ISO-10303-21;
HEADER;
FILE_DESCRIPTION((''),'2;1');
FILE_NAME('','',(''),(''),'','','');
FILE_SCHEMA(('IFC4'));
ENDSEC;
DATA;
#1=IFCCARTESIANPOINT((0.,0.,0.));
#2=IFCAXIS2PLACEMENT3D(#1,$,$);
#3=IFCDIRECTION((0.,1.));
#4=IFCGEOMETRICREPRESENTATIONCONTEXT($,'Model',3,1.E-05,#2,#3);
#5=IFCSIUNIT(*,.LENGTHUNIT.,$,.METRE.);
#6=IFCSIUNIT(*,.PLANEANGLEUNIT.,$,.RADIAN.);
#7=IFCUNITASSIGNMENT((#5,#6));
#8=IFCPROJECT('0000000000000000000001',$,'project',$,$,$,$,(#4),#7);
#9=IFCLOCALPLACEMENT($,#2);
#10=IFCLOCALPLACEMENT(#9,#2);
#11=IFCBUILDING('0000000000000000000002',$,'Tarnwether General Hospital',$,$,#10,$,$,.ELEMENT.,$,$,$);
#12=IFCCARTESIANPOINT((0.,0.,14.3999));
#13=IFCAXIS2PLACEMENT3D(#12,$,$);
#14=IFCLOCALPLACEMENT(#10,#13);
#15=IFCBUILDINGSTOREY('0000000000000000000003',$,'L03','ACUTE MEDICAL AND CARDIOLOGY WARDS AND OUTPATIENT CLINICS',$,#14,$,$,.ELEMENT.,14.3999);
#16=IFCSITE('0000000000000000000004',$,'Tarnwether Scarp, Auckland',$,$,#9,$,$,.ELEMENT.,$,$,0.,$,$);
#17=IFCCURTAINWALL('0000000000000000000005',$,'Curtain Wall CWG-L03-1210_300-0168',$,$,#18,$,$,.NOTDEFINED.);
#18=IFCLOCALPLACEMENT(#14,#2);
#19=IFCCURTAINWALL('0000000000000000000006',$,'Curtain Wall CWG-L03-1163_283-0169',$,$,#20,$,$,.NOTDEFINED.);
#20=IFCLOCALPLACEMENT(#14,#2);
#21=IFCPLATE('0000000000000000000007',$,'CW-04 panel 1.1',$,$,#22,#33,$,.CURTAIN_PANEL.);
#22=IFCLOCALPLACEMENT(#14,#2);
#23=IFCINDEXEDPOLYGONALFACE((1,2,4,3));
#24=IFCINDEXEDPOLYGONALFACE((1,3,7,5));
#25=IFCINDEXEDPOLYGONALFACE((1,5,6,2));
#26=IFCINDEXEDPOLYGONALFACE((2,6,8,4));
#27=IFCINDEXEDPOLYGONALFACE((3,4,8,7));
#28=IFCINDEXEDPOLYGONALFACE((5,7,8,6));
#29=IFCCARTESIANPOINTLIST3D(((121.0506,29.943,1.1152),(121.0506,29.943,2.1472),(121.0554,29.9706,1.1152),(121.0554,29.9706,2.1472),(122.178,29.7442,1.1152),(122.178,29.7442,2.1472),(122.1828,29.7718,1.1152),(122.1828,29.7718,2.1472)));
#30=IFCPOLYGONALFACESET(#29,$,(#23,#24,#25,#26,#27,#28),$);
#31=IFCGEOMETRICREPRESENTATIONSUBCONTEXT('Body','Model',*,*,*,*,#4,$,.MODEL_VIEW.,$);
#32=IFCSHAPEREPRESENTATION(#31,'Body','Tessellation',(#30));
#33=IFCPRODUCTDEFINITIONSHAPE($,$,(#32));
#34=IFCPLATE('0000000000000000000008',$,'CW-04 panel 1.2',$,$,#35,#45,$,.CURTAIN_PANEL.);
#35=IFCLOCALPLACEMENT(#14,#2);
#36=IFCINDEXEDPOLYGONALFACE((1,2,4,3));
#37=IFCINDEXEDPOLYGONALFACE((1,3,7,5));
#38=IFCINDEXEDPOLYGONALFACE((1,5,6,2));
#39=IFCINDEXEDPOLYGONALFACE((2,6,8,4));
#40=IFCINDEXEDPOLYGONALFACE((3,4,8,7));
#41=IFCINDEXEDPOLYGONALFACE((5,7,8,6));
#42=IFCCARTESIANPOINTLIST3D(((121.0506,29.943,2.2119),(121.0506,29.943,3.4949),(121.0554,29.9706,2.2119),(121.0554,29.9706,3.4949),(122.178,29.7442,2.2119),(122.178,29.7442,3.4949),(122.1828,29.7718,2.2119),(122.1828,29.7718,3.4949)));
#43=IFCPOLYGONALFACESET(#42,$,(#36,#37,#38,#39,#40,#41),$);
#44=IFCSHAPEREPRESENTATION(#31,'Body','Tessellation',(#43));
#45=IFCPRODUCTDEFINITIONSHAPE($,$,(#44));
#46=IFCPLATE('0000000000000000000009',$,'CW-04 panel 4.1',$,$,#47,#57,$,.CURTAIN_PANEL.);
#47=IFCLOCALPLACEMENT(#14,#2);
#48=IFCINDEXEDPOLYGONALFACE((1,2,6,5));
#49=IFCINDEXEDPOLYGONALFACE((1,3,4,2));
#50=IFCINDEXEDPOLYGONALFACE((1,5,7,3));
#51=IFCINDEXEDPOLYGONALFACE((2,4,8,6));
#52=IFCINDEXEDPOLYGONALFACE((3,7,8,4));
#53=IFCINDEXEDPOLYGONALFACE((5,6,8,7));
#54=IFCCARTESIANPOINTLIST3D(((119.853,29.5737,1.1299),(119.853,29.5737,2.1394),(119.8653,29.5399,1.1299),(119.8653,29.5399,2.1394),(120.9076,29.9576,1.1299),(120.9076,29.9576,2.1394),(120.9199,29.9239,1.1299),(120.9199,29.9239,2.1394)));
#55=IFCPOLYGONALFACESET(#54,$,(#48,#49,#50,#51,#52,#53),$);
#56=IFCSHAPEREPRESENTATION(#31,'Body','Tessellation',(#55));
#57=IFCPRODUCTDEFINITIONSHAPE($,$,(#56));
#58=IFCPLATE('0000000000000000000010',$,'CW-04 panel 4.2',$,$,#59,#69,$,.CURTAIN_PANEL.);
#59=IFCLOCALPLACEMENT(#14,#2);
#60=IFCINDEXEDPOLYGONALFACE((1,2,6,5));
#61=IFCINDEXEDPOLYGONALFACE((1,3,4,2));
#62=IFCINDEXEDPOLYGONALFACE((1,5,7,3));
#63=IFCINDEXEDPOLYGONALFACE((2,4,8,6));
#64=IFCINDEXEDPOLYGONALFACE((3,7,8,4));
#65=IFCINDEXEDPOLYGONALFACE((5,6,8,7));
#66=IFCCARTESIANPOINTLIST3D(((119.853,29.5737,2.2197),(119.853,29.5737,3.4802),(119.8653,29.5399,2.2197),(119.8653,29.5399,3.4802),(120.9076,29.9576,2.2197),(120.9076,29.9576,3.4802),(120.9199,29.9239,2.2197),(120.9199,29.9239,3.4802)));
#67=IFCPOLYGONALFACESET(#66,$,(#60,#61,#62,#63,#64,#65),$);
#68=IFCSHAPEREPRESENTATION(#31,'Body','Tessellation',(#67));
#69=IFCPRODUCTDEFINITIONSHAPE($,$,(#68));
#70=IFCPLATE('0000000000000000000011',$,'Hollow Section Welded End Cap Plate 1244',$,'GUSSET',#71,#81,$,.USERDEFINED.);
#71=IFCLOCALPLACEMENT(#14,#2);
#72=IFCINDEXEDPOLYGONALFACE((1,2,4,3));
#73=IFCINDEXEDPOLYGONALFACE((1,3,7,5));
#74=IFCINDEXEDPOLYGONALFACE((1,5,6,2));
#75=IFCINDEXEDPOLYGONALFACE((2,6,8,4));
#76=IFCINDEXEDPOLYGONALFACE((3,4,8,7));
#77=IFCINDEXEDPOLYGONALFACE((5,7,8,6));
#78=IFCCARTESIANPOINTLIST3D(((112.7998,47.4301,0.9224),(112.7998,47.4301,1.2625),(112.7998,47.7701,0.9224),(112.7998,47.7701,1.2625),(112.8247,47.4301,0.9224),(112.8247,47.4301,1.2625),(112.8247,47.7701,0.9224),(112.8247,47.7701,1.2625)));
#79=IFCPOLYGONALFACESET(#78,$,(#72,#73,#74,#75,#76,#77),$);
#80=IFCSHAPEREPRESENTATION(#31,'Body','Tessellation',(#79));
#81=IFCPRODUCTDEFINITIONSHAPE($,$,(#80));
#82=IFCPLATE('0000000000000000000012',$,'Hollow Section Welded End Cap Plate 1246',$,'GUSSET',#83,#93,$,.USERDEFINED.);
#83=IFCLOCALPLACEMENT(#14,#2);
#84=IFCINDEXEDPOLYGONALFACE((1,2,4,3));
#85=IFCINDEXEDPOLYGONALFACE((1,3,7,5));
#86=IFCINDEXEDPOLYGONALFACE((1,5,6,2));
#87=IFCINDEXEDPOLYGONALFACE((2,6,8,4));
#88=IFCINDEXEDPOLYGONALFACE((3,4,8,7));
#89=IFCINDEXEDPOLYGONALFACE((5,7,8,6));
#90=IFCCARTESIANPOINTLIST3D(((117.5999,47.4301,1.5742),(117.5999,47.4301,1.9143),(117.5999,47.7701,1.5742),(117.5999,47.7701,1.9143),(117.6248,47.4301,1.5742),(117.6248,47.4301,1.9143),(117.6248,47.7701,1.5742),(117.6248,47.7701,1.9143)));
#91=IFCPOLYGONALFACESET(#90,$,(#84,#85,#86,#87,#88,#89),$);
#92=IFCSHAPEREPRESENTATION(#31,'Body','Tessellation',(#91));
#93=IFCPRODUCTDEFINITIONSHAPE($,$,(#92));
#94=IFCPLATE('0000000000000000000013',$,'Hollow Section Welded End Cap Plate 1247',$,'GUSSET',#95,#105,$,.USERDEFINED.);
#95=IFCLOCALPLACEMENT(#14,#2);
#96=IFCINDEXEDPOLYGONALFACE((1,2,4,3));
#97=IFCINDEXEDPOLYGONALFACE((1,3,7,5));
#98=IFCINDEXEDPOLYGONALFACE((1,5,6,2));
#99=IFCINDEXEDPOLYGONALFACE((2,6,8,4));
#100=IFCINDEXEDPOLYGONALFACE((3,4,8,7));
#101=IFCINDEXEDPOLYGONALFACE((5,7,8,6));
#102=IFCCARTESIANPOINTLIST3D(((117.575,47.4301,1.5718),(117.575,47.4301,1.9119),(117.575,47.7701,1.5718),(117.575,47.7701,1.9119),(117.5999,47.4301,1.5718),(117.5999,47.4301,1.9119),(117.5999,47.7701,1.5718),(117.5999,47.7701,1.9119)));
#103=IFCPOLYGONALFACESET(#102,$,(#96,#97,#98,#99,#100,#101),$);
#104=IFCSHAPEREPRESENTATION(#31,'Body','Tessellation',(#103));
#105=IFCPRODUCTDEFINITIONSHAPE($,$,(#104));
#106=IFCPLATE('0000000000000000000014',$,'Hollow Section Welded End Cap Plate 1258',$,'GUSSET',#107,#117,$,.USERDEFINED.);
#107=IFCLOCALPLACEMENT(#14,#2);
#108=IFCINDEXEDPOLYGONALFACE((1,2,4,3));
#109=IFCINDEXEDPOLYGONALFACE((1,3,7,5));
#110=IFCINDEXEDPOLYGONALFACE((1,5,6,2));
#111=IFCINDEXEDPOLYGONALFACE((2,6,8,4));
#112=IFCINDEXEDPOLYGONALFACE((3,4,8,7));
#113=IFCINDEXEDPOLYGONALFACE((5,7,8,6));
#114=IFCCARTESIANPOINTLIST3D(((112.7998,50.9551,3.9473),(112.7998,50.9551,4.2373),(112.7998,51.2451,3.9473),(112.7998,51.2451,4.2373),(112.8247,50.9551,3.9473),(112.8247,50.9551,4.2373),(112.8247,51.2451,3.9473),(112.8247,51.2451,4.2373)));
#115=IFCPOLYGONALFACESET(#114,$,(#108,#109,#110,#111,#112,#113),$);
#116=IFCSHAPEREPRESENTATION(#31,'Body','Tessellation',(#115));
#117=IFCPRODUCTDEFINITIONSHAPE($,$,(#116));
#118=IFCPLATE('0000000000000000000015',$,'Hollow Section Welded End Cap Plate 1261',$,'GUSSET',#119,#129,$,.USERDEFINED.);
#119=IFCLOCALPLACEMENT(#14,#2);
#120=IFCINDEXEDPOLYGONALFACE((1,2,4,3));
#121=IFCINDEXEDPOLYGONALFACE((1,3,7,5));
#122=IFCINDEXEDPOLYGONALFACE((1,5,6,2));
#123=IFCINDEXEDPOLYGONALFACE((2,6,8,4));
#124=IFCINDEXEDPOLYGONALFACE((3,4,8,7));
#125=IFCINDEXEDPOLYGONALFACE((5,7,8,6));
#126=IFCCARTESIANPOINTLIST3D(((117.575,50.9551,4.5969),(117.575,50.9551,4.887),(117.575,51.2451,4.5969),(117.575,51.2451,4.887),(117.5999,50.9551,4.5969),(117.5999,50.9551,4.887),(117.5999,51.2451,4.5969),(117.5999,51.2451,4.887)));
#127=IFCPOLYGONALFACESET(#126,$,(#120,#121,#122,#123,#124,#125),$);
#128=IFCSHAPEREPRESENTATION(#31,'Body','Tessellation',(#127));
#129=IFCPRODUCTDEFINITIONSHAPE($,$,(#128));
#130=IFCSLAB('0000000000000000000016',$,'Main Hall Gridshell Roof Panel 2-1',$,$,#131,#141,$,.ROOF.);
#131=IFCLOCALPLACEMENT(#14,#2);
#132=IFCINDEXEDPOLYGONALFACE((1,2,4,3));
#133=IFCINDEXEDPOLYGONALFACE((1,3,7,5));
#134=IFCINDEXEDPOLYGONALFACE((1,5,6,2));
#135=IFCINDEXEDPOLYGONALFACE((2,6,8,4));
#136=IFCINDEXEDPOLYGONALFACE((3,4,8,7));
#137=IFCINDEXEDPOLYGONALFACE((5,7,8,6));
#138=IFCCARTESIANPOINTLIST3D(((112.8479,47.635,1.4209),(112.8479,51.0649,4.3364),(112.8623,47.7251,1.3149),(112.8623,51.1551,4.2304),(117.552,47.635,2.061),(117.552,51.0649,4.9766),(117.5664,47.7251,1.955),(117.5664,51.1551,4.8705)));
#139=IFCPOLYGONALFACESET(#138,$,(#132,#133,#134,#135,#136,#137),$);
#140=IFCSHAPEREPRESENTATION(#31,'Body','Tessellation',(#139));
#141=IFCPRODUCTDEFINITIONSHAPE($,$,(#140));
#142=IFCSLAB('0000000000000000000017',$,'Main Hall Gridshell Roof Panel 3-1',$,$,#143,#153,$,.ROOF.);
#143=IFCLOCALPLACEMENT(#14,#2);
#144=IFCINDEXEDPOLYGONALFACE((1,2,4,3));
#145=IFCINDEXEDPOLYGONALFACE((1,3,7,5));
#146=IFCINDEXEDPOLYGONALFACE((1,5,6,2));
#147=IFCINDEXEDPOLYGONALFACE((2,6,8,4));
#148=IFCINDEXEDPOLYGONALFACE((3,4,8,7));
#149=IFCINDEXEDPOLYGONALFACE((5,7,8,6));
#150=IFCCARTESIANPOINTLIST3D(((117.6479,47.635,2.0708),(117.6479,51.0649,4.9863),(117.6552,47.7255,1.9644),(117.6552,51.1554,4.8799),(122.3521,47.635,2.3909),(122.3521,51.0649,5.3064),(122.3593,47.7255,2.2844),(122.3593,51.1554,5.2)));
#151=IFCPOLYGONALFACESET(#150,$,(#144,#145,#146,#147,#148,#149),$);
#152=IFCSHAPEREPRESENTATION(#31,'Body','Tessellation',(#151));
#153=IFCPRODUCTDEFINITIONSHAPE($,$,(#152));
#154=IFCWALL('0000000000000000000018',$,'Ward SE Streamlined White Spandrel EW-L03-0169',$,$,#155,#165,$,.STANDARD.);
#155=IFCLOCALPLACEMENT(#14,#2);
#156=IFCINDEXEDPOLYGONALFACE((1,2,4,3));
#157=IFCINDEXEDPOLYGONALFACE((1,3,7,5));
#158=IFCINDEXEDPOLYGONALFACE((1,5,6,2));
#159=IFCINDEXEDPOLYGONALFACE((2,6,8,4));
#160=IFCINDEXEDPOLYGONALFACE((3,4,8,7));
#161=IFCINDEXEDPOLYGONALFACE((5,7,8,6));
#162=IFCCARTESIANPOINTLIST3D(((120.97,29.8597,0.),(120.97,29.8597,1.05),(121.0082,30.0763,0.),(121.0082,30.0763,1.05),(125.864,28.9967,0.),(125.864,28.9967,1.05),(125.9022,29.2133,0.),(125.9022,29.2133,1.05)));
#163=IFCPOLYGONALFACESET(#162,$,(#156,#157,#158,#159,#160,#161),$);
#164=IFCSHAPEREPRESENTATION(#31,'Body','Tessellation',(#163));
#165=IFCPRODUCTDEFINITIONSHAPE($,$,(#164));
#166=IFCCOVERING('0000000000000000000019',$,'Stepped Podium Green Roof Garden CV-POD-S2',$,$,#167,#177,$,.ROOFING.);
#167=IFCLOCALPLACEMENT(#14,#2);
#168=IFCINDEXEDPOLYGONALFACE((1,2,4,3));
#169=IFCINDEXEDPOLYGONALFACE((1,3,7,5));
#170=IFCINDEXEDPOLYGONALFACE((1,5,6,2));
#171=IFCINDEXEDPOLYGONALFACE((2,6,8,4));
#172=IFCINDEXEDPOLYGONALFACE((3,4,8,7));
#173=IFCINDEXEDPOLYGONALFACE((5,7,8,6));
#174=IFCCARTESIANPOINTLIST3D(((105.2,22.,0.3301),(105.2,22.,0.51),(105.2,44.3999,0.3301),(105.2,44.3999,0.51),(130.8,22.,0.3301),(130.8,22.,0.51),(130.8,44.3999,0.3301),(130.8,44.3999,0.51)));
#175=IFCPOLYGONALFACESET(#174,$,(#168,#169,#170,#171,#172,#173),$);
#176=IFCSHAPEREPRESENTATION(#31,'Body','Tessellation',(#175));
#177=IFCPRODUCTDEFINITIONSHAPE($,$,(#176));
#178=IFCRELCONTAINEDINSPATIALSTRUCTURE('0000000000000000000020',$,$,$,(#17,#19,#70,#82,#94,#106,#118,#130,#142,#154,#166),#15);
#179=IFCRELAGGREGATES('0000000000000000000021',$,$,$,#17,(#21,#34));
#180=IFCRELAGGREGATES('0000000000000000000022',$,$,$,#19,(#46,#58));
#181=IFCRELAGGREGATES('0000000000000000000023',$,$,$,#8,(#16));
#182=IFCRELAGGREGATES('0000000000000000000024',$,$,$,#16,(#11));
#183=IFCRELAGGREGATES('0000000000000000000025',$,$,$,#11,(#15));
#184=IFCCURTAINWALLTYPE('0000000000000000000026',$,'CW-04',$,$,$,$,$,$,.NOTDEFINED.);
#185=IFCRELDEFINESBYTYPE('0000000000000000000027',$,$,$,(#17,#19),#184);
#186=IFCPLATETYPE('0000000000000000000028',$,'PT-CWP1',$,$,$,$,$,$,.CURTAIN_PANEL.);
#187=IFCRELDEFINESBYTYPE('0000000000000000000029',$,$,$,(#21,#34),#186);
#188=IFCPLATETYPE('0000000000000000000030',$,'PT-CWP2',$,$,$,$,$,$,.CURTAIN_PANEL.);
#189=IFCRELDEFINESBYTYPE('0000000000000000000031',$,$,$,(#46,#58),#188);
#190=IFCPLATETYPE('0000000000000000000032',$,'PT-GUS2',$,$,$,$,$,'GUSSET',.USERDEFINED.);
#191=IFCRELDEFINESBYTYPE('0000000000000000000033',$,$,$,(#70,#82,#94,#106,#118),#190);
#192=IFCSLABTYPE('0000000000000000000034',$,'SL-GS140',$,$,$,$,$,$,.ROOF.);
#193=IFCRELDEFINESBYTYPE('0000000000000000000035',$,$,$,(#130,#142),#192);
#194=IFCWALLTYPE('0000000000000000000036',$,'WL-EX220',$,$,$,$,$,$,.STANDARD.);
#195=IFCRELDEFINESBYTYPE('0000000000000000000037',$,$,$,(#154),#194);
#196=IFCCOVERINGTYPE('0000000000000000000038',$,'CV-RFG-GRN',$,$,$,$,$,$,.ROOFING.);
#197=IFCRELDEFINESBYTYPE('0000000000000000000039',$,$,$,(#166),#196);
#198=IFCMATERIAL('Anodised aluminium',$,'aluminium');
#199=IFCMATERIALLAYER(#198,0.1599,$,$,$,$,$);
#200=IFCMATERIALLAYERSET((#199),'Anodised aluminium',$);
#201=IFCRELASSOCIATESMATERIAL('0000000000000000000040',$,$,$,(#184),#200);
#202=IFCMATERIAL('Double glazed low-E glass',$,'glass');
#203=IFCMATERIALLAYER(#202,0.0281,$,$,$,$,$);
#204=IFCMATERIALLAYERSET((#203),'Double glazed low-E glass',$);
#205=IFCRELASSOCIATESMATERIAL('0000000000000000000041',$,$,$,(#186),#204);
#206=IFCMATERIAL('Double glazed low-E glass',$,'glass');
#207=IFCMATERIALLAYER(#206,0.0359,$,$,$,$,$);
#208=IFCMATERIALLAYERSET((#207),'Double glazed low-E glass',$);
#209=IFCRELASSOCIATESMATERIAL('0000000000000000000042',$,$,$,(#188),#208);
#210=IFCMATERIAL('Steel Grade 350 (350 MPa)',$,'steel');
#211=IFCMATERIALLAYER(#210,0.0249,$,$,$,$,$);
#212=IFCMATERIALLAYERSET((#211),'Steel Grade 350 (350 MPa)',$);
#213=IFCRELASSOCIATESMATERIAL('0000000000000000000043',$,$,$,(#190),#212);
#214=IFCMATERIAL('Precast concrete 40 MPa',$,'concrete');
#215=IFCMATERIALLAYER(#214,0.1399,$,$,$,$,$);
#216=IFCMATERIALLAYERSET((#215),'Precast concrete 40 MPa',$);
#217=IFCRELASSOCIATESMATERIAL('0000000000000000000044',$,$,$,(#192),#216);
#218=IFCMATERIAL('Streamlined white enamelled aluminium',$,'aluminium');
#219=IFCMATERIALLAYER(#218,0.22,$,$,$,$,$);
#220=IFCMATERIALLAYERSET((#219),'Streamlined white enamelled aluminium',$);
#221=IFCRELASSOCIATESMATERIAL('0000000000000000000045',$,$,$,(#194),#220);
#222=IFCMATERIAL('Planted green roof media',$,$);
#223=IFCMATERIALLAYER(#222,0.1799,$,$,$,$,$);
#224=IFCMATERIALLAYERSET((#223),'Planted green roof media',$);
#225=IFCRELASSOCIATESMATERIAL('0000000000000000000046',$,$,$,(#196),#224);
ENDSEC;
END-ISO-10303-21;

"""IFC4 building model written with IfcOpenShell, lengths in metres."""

from ifc_helpers import new_model, si_unit, direction, frame, frame_2d, origin, origin_2d, place, context, subcontext, project, spatial, polyline, rectangle, outline, extrude, material, layer, layer_set, type_object, element, aggregate, save


model = new_model("IFC4")

# Units and contexts
model_context = context("Model", 3, precision=1e-05, world=origin(), true_north=direction((0.0, 1.0)))
body_context = subcontext(model_context, "Body", "Model", "MODEL_VIEW")
ifc_project = project(units=[si_unit("LENGTHUNIT", "METRE"), si_unit("PLANEANGLEUNIT", "RADIAN")], contexts=[model_context])

# Site, building, storey
site_placement = place(None, origin())
site = spatial("IfcSite", under=ifc_project, at=site_placement, Name="Tarnwether Scarp, Auckland", CompositionType="ELEMENT", RefElevation=0.0)
building_placement = place(site_placement, origin())
building = spatial("IfcBuilding", under=site, at=building_placement, Name="Tarnwether General Hospital", CompositionType="ELEMENT")
storey_placement = place(building_placement, frame((0.0, 0.0, 14.3999)))
storey = spatial("IfcBuildingStorey", under=building, at=storey_placement, Name="L03", Description="ACUTE MEDICAL AND CARDIOLOGY WARDS AND OUTPATIENT CLINICS", CompositionType="ELEMENT", Elevation=14.3999)

# Curtain wall
ifc_material_1 = material(Name="Anodised aluminium", Category="aluminium")
ifc_layer_1 = layer(ifc_material_1, 0.1599)
ifc_layer_set_1 = layer_set([ifc_layer_1], Name="Anodised aluminium")
curtain_wall_type = type_object("IfcCurtainWallType", Name="CW-04", PredefinedType="NOTDEFINED", material=ifc_layer_set_1)
curtain_wall_1_placement = place(storey_placement, origin())
curtain_wall_1 = element("IfcCurtainWall", 1, at=curtain_wall_1_placement, inside=storey, type_object=curtain_wall_type, Name="Curtain Wall CWG-L03-1210_300-0168", PredefinedType="NOTDEFINED")

# Curtain wall
curtain_wall_2_placement = place(storey_placement, origin())
curtain_wall_2 = element("IfcCurtainWall", 2, at=curtain_wall_2_placement, inside=storey, type_object=curtain_wall_type, Name="Curtain Wall CWG-L03-1163_283-0169", PredefinedType="NOTDEFINED")

# Plates
ifc_material_2 = material(Name="Double glazed low-E glass", Category="glass")
ifc_layer_2 = layer(ifc_material_2, 0.0281)
ifc_layer_set_2 = layer_set([ifc_layer_2], Name="Double glazed low-E glass")
plate_type_1 = type_object("IfcPlateType", Name="PT-CWP1", PredefinedType="CURTAIN_PANEL", material=ifc_layer_set_2)
plate_1_placement = place(storey_placement, frame((121.6167, 29.8574, 1.1152), z_axis=(0.0, 0.0, 1.0), x_axis=(0.984806, -0.173659, 0.0)))
plate_1 = element("IfcPlate", 3, at=plate_1_placement, type_object=plate_type_1, Name="CW-04 panel 1.1", PredefinedType="CURTAIN_PANEL", context=body_context, shape_type="SweptSolid", body=[
    extrude(rectangle(XDim=1.1448, YDim=0.0281, at=origin_2d()), origin(), (0.0, 0.0, 1.0), 1.032),
])
plate_2_placement = place(storey_placement, frame((121.6167, 29.8574, 2.2119), z_axis=(0.0, 0.0, 1.0), x_axis=(0.984806, -0.173659, 0.0)))
plate_2 = element("IfcPlate", 4, at=plate_2_placement, type_object=plate_type_1, Name="CW-04 panel 1.2", PredefinedType="CURTAIN_PANEL", context=body_context, shape_type="SweptSolid", body=[
    extrude(rectangle(XDim=1.1448, YDim=0.0281, at=origin_2d()), origin(), (0.0, 0.0, 1.0), 1.283),
])
aggregate(curtain_wall_1, [plate_1, plate_2])
ifc_material_3 = material(Name="Double glazed low-E glass", Category="glass")
ifc_layer_3 = layer(ifc_material_3, 0.0359)
ifc_layer_set_3 = layer_set([ifc_layer_3], Name="Double glazed low-E glass")
plate_type_2 = type_object("IfcPlateType", Name="PT-CWP2", PredefinedType="CURTAIN_PANEL", material=ifc_layer_set_3)
plate_3_placement = place(storey_placement, frame((120.3865, 29.7488, 1.1299), z_axis=(0.0, 0.0, 1.0), x_axis=(0.939652, 0.342131, 0.0)))
plate_3 = element("IfcPlate", 5, at=plate_3_placement, type_object=plate_type_2, Name="CW-04 panel 4.1", PredefinedType="CURTAIN_PANEL", context=body_context, shape_type="SweptSolid", body=[
    extrude(rectangle(XDim=1.1223, YDim=0.0359, at=origin_2d()), origin(), (0.0, 0.0, 1.0), 1.0095),
])
plate_4_placement = place(storey_placement, frame((120.3865, 29.7488, 2.2197), z_axis=(0.0, 0.0, 1.0), x_axis=(0.939652, 0.342131, 0.0)))
plate_4 = element("IfcPlate", 6, at=plate_4_placement, type_object=plate_type_2, Name="CW-04 panel 4.2", PredefinedType="CURTAIN_PANEL", context=body_context, shape_type="SweptSolid", body=[
    extrude(rectangle(XDim=1.1223, YDim=0.0359, at=origin_2d()), origin(), (0.0, 0.0, 1.0), 1.2605),
])
aggregate(curtain_wall_2, [plate_3, plate_4])

# Plates
ifc_material_4 = material(Name="Steel Grade 350 (350 MPa)", Category="steel")
ifc_layer_4 = layer(ifc_material_4, 0.0249)
ifc_layer_set_4 = layer_set([ifc_layer_4], Name="Steel Grade 350 (350 MPa)")
plate_type_3 = type_object("IfcPlateType", Name="PT-GUS2", ElementType="GUSSET", PredefinedType="USERDEFINED", material=ifc_layer_set_4)
for number, where, z_axis, x_axis, name in (
    (7, (112.8123, 47.6001, 0.9224), (0.0, 0.0, 1.0), (1.0, 0.0, 0.0), "Hollow Section Welded End Cap Plate 1244"),
    (8, (117.6123, 47.6001, 1.5742), (0.0, 0.0, 1.0), (1.0, 0.0, 0.0), "Hollow Section Welded End Cap Plate 1246"),
    (9, (117.5874, 47.6001, 1.5718), (0.0, 0.0, 1.0), (1.0, 0.0, 0.0), "Hollow Section Welded End Cap Plate 1247"),
):
    element("IfcPlate", number, at=place(storey_placement, frame(where, z_axis=z_axis, x_axis=x_axis)), inside=storey, type_object=plate_type_3, Name=name, ObjectType="GUSSET", PredefinedType="USERDEFINED", context=body_context, shape_type="SweptSolid", body=[
        extrude(rectangle(XDim=0.0249, YDim=0.3401, at=origin_2d()), origin(), (0.0, 0.0, 1.0), 0.3401),
    ])
for number, where, z_axis, x_axis, name in (
    (10, (112.8123, 51.1001, 3.9473), (0.0, 0.0, 1.0), (1.0, 0.0, 0.0), "Hollow Section Welded End Cap Plate 1258"),
    (11, (117.5874, 51.1001, 4.5969), (0.0, 0.0, 1.0), (1.0, 0.0, 0.0), "Hollow Section Welded End Cap Plate 1261"),
):
    element("IfcPlate", number, at=place(storey_placement, frame(where, z_axis=z_axis, x_axis=x_axis)), inside=storey, type_object=plate_type_3, Name=name, ObjectType="GUSSET", PredefinedType="USERDEFINED", context=body_context, shape_type="SweptSolid", body=[
        extrude(rectangle(XDim=0.0249, YDim=0.29, at=origin_2d()), origin(), (0.0, 0.0, 1.0), 0.29),
    ])

# Slabs
ifc_material_5 = material(Name="Precast concrete 40 MPa", Category="concrete")
ifc_layer_5 = layer(ifc_material_5, 0.1399)
ifc_layer_set_5 = layer_set([ifc_layer_5], Name="Precast concrete 40 MPa")
slab_type = type_object("IfcSlabType", Name="SL-GS140", PredefinedType="ROOF", material=ifc_layer_set_5)
slab_1_placement = place(storey_placement, frame((112.8479, 47.635, 1.4209), z_axis=(-0.103131, -0.644206, 0.757867), x_axis=(0.990868, 0.0, 0.134838)))
element("IfcSlab", 12, at=slab_1_placement, inside=storey, type_object=slab_type, Name="Main Hall Gridshell Roof Panel 2-1", PredefinedType="ROOF", context=body_context, shape_type="SweptSolid", body=[
    extrude(outline(polyline([(0.0, 0.0), (4.7475, 0.0), (5.1406, 4.4844), (0.3931, 4.4844), (0.0, 0.0)])), origin(), (0.0, 0.0, -1.0), 0.1399),
])
slab_2_placement = place(storey_placement, frame((117.6479, 47.635, 2.0708), z_axis=(-0.051772, -0.646791, 0.760908), x_axis=(0.997693, 0.0, 0.067883)))
element("IfcSlab", 13, at=slab_2_placement, inside=storey, type_object=slab_type, Name="Main Hall Gridshell Roof Panel 3-1", PredefinedType="ROOF", context=body_context, shape_type="SweptSolid", body=[
    extrude(outline(polyline([(0.0, 0.0), (4.715, 0.0), (4.9129, 4.4973), (0.1979, 4.4973), (0.0, 0.0)])), origin(), (0.0, 0.0, -1.0), 0.1399),
])

# Wall
ifc_material_6 = material(Name="Streamlined white enamelled aluminium", Category="aluminium")
ifc_layer_6 = layer(ifc_material_6, 0.22)
ifc_layer_set_6 = layer_set([ifc_layer_6], Name="Streamlined white enamelled aluminium")
wall_type = type_object("IfcWallType", Name="WL-EX220", PredefinedType="STANDARD", material=ifc_layer_set_6)
wall_placement = place(storey_placement, frame((120.989, 29.968, 0.0), z_axis=(0.0, 0.0, 1.0), x_axis=(0.984805, -0.173665, 0.0)))
element("IfcWall", 14, at=wall_placement, inside=storey, type_object=wall_type, Name="Ward SE Streamlined White Spandrel EW-L03-0169", PredefinedType="STANDARD", context=body_context, shape_type="SweptSolid", body=[
    extrude(rectangle(XDim=4.9695, YDim=0.22, at=frame_2d((2.4849, 0.0))), origin(), (0.0, 0.0, 1.0), 1.05),
])

# Covering
ifc_material_7 = material(Name="Planted green roof media")
ifc_layer_7 = layer(ifc_material_7, 0.1799)
ifc_layer_set_7 = layer_set([ifc_layer_7], Name="Planted green roof media")
covering_type = type_object("IfcCoveringType", Name="CV-RFG-GRN", PredefinedType="ROOFING", material=ifc_layer_set_7)
covering_placement = place(storey_placement, frame((118.0, 33.2, 0.3301), z_axis=(0.0, 0.0, 1.0), x_axis=(1.0, 0.0, 0.0)))
element("IfcCovering", 15, at=covering_placement, inside=storey, type_object=covering_type, Name="Stepped Podium Green Roof Garden CV-POD-S2", PredefinedType="ROOFING", context=body_context, shape_type="SweptSolid", body=[
    extrude(rectangle(XDim=25.6001, YDim=22.3999, at=origin_2d()), origin(), (0.0, 0.0, 1.0), 0.1799),
])

save(model, "model.ifc")
